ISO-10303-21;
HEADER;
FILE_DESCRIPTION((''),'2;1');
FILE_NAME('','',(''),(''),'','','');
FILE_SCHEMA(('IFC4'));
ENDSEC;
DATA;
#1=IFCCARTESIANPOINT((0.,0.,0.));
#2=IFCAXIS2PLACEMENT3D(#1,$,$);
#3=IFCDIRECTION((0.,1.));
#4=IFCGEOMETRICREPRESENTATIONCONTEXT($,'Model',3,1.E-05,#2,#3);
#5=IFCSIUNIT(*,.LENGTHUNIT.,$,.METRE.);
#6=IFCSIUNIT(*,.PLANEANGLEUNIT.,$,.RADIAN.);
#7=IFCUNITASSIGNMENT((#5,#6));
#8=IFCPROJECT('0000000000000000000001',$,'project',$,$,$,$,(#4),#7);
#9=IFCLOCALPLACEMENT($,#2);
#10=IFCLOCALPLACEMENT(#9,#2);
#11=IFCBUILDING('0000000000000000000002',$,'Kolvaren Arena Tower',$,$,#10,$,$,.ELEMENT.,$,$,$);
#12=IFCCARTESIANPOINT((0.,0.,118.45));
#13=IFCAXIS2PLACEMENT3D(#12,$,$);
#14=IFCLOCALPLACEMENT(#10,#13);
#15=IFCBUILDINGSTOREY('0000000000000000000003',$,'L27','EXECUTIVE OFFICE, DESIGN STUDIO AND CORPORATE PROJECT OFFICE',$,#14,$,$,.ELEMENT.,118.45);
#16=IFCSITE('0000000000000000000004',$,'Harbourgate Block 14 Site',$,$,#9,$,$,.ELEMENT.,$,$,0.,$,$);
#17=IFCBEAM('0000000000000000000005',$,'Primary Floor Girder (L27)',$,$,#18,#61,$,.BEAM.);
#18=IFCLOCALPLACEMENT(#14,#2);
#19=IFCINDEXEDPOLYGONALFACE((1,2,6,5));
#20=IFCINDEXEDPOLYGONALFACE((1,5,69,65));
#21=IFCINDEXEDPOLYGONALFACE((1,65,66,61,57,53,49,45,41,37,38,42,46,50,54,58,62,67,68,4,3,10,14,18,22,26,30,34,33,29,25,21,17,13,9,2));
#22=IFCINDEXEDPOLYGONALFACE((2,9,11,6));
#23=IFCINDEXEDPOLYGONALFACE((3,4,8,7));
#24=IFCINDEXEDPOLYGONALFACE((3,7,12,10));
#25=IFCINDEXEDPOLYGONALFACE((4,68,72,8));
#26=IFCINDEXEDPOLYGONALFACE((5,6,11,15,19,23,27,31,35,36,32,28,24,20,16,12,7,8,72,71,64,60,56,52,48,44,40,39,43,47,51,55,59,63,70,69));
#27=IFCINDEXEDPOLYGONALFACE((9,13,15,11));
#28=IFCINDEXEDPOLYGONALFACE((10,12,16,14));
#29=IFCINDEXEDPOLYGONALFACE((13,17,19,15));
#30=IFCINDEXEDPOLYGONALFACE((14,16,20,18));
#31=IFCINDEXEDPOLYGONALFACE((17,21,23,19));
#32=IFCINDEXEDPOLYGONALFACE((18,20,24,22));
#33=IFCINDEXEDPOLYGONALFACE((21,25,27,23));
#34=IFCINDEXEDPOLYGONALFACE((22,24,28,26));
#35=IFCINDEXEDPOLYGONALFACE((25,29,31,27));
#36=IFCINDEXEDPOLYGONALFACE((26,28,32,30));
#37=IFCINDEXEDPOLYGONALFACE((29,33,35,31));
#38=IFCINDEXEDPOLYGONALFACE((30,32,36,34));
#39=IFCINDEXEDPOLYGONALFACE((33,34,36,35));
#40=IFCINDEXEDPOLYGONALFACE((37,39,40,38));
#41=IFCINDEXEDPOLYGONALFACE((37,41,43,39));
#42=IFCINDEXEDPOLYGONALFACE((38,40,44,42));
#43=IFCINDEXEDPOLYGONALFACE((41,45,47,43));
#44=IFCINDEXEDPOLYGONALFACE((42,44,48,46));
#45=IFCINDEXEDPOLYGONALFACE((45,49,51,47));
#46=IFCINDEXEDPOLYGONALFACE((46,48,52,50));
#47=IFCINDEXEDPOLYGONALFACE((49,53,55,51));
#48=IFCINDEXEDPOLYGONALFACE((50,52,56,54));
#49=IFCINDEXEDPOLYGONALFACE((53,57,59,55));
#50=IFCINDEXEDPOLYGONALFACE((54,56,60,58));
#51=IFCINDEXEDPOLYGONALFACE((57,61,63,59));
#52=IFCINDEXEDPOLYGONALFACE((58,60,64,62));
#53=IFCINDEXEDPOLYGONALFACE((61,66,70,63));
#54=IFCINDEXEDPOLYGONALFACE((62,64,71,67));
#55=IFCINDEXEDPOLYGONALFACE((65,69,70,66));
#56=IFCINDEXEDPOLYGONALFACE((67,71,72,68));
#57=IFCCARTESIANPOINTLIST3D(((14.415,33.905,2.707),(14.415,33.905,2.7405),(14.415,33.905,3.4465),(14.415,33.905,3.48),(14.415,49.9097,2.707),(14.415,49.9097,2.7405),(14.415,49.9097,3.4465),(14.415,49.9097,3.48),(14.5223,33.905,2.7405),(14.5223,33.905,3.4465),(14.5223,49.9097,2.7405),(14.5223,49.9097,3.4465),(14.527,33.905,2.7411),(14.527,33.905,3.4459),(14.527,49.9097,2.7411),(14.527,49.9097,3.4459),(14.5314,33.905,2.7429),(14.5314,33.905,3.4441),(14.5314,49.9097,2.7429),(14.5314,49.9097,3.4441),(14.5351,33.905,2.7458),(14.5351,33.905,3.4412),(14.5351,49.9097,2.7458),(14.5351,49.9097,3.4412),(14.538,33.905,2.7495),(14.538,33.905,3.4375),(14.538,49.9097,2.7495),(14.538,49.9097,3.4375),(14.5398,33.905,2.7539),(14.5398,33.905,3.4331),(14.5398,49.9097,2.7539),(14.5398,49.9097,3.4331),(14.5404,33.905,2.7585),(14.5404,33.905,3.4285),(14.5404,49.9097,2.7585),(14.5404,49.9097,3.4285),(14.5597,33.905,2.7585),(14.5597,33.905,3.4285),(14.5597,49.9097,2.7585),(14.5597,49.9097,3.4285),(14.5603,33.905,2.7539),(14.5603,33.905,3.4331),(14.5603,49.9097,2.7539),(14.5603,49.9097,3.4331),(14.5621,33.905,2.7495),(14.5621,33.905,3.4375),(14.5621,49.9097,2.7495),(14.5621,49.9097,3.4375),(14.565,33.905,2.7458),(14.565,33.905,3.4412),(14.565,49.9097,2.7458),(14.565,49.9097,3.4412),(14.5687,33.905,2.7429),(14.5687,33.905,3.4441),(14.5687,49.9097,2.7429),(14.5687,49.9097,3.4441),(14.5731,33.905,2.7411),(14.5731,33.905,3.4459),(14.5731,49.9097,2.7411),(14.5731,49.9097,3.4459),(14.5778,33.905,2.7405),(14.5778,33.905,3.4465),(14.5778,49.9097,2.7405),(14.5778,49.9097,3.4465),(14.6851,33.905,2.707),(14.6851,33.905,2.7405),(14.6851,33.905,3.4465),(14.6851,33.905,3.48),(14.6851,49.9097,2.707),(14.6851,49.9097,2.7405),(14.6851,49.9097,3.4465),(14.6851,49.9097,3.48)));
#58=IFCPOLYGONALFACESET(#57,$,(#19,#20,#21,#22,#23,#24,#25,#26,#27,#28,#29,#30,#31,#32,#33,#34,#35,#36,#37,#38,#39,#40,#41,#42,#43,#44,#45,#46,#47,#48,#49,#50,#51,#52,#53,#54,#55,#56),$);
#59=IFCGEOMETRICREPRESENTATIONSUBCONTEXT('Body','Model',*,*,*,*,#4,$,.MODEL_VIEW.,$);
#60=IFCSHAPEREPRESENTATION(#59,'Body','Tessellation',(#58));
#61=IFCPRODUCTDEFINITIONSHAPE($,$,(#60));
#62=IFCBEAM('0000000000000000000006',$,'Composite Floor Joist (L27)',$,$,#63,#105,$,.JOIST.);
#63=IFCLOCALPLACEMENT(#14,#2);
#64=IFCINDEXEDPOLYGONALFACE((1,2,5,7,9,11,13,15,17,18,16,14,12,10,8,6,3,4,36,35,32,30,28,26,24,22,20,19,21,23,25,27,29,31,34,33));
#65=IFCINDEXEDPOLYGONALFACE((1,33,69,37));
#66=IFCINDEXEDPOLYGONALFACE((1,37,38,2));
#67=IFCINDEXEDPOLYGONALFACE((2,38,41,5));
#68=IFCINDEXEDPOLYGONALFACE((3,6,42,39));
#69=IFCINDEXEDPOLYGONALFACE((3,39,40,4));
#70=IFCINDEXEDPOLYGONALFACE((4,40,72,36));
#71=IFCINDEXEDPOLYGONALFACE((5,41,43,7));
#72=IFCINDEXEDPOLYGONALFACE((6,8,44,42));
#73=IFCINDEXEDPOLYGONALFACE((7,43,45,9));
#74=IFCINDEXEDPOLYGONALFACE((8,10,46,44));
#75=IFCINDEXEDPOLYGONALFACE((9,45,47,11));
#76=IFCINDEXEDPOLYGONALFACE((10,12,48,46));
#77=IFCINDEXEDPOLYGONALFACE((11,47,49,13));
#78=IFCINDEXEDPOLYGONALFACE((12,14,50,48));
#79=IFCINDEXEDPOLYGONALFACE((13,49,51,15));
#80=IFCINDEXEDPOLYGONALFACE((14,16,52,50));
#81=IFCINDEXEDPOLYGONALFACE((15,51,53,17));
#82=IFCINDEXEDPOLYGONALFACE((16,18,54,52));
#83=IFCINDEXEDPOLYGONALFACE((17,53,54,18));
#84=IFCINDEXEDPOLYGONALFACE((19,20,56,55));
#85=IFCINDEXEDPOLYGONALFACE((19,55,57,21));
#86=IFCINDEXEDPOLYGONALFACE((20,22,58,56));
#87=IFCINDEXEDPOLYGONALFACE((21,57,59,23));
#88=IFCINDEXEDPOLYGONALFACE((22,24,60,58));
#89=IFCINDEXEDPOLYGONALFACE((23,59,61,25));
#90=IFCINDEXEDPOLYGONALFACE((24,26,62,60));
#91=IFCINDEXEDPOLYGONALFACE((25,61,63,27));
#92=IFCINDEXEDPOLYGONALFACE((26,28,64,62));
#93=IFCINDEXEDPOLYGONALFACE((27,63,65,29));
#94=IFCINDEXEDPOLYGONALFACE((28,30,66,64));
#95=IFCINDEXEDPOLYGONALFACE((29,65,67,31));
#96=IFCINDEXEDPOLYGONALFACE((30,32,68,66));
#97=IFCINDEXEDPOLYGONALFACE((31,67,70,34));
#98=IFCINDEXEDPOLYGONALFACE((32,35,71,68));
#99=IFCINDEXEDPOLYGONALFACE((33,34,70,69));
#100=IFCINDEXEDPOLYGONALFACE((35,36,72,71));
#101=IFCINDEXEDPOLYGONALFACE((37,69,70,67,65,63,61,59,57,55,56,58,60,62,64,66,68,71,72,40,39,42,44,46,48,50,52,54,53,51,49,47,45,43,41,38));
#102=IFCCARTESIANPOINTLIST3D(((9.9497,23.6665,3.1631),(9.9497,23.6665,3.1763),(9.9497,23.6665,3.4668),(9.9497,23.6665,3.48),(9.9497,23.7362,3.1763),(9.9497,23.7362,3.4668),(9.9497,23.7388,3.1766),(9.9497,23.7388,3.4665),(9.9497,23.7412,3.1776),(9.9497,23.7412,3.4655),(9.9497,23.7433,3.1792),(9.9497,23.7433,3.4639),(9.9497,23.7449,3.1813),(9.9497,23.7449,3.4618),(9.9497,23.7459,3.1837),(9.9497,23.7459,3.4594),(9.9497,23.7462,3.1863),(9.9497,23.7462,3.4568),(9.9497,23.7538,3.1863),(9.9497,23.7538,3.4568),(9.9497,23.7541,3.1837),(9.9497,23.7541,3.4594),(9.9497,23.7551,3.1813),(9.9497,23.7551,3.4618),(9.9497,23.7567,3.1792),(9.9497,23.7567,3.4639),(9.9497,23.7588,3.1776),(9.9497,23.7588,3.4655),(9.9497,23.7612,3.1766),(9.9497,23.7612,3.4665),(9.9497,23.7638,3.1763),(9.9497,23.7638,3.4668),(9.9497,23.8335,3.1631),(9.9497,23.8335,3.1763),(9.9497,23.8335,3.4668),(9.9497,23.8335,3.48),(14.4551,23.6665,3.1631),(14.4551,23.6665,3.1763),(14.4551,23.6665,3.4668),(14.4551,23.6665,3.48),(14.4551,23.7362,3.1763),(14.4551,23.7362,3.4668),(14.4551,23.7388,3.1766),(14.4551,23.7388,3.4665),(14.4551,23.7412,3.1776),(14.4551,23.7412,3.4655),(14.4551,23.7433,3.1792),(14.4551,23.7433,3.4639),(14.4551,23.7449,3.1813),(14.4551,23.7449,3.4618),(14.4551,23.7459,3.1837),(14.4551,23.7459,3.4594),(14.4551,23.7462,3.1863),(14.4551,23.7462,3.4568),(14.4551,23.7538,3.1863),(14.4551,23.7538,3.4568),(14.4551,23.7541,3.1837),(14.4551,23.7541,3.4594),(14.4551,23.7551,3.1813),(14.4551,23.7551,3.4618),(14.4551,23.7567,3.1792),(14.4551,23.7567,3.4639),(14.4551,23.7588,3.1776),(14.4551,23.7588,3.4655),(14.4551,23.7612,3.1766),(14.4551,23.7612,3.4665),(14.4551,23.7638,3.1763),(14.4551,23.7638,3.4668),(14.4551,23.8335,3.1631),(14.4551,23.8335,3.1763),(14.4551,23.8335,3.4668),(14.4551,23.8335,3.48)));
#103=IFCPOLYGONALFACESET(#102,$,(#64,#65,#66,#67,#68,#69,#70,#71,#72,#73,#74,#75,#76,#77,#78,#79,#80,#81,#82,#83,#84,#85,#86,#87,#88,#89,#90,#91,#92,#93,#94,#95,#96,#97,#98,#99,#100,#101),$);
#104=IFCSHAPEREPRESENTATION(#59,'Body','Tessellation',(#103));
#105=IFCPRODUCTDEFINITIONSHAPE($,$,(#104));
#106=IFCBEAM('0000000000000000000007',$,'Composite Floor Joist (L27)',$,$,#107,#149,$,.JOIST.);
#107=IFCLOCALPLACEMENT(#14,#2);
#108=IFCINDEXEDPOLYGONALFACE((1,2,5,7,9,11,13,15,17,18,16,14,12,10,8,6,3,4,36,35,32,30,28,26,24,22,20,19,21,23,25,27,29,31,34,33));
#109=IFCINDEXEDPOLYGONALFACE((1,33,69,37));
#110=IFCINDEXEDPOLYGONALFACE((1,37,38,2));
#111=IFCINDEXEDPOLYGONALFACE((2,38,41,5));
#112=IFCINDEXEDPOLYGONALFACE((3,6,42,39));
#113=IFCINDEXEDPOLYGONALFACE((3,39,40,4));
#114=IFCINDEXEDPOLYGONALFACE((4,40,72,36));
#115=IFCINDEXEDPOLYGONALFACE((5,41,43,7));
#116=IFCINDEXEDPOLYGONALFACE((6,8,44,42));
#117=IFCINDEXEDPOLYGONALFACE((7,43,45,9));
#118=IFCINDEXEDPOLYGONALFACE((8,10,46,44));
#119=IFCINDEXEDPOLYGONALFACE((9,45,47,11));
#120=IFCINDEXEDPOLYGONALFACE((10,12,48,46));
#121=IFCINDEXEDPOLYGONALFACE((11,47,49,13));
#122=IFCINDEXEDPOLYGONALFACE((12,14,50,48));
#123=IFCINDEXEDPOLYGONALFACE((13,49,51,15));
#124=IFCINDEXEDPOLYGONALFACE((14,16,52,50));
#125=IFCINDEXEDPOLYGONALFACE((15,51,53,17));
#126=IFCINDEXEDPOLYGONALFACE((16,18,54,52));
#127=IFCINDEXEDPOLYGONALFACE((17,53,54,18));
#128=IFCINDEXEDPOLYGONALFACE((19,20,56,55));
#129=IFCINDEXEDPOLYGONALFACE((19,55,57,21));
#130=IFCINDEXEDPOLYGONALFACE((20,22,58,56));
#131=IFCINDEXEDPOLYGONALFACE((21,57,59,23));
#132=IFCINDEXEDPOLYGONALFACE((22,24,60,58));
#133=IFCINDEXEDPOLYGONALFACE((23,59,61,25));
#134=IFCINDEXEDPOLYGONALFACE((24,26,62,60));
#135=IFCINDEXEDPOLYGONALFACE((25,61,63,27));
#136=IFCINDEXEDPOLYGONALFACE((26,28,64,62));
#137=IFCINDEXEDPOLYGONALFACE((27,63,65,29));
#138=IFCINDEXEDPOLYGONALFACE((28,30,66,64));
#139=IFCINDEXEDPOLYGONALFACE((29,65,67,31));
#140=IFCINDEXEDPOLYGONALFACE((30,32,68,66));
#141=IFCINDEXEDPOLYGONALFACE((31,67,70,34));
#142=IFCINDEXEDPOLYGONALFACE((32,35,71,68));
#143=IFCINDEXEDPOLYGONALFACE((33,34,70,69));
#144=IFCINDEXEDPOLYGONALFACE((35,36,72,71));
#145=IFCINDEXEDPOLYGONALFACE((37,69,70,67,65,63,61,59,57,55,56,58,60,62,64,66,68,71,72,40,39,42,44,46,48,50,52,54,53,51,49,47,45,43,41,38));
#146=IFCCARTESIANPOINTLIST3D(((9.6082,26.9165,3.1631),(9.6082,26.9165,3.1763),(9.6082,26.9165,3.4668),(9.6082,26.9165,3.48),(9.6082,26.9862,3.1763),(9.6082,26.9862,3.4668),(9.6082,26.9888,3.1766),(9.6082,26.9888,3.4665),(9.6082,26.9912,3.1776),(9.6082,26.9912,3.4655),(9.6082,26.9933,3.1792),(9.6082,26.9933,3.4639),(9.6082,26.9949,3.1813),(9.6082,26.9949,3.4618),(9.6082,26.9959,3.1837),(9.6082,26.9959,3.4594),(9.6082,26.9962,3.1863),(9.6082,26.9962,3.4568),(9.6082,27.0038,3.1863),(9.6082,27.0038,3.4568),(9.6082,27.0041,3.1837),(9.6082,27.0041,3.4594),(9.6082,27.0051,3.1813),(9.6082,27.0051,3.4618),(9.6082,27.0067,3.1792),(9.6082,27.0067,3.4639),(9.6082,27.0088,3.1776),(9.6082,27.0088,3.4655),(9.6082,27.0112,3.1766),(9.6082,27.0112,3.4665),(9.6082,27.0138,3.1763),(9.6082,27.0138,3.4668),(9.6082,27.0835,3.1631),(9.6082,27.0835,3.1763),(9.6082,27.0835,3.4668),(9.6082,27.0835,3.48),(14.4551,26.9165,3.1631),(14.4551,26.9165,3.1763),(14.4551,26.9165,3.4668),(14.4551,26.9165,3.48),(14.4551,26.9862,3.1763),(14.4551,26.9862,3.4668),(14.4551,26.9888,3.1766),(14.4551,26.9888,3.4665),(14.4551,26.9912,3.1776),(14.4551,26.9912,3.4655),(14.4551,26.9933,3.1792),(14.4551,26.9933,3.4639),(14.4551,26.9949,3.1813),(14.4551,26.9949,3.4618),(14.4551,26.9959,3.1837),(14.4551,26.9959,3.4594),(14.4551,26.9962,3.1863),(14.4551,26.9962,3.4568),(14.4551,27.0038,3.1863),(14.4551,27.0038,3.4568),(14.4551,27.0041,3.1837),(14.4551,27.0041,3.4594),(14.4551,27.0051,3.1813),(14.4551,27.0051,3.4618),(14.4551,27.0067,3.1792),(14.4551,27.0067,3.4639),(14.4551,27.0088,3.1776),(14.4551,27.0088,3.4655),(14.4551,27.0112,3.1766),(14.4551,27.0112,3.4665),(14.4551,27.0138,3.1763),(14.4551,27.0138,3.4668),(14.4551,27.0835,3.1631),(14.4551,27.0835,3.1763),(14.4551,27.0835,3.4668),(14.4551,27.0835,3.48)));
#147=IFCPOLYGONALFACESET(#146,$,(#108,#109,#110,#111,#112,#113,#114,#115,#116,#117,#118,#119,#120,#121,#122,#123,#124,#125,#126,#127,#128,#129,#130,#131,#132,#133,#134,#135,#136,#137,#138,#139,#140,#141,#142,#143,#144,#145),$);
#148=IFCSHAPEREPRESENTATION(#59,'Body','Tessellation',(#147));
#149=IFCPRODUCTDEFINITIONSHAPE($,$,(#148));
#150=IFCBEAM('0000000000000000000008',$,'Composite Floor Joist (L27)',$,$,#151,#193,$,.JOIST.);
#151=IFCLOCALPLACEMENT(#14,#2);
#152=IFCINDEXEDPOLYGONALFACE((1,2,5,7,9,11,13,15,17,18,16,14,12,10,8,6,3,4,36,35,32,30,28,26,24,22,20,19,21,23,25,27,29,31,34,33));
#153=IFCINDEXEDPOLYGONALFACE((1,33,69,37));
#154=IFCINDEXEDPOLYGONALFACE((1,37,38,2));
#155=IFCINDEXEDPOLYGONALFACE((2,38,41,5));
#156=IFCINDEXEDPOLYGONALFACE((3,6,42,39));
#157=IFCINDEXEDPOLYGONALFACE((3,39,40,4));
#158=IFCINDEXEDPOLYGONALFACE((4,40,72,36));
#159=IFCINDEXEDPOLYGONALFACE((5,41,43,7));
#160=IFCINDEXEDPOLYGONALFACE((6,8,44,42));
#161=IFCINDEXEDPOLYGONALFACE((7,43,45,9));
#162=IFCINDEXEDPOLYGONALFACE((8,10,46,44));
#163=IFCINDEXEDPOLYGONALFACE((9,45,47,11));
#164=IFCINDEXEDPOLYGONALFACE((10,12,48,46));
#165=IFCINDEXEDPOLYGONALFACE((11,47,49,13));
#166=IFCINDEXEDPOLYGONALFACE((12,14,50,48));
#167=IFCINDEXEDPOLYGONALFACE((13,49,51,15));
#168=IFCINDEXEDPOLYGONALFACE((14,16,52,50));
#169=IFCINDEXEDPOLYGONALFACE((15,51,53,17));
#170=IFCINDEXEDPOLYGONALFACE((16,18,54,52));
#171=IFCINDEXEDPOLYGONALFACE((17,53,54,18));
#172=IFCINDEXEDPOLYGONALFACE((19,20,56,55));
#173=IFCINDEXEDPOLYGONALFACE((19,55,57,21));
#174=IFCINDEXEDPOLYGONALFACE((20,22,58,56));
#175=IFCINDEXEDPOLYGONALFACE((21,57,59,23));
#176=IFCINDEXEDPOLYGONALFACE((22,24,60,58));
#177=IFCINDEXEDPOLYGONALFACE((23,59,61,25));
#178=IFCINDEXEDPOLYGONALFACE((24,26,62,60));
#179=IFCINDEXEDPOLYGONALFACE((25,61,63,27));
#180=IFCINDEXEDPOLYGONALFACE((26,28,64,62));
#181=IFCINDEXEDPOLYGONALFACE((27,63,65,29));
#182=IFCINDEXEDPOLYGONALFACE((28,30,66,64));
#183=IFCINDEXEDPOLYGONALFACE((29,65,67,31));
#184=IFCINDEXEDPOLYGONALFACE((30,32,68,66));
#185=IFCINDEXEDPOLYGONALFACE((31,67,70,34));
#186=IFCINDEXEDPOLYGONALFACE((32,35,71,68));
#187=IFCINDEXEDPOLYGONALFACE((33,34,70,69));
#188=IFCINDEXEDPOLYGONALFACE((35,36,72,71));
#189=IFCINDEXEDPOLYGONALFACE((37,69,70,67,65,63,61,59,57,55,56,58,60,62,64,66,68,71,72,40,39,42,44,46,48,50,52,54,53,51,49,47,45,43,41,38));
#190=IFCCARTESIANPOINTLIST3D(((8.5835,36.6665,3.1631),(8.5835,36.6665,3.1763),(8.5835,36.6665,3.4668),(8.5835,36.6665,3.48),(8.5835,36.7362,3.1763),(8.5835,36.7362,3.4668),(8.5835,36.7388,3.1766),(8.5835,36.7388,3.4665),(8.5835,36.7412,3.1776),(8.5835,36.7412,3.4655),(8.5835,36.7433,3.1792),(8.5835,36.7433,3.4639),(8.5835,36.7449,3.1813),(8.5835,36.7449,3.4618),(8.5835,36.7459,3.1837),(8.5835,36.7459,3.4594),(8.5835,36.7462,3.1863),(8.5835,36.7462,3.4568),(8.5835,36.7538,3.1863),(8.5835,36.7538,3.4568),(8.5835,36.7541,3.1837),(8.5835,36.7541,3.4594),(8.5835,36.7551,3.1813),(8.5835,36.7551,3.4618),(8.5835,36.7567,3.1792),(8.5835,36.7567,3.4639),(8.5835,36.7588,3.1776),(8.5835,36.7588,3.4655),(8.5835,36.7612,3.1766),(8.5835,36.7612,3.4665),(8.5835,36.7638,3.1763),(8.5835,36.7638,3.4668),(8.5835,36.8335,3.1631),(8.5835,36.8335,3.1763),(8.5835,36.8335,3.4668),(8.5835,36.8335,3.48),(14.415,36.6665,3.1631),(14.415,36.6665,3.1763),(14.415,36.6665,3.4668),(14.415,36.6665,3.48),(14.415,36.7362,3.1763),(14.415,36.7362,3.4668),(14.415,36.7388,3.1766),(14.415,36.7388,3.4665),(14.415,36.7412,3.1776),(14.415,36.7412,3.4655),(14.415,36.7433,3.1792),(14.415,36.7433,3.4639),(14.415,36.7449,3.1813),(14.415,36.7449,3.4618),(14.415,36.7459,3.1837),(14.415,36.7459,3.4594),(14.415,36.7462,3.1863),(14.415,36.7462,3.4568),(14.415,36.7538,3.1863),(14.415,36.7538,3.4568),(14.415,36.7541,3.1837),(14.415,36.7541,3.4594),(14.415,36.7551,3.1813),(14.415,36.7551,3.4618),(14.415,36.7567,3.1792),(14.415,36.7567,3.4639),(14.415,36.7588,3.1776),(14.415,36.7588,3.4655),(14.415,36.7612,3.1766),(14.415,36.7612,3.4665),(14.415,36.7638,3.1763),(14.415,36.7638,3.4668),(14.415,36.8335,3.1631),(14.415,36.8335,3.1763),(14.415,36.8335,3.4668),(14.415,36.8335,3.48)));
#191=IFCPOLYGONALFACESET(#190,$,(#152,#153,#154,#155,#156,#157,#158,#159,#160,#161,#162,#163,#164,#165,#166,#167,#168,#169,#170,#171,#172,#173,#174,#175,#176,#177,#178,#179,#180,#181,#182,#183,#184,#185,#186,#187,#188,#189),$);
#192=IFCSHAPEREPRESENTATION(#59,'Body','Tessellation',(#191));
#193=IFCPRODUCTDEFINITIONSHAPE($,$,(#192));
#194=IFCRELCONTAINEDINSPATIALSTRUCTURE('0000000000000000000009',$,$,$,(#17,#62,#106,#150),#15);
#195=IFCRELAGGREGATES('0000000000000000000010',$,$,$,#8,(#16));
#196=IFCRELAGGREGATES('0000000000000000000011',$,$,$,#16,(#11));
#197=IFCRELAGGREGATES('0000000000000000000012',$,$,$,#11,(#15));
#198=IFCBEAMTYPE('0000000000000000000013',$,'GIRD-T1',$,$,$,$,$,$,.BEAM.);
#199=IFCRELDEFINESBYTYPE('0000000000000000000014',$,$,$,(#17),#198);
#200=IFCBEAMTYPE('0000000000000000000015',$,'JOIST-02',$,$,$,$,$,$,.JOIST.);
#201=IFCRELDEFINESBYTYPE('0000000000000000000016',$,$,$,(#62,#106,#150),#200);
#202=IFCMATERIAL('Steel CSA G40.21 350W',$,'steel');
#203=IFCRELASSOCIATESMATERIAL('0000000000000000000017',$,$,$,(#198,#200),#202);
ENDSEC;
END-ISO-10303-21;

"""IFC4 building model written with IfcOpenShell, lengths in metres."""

from ifc_helpers import new_model, si_unit, direction, frame, origin, origin_2d, place, context, subcontext, project, spatial, i_section, extrude, material, material_profile, profile_set, type_object, element, save


model = new_model("IFC4")

# Units and contexts
model_context = context("Model", 3, precision=1e-05, world=origin(), true_north=direction((0.0, 1.0)))
body_context = subcontext(model_context, "Body", "Model", "MODEL_VIEW")
ifc_project = project(units=[si_unit("LENGTHUNIT", "METRE"), si_unit("PLANEANGLEUNIT", "RADIAN")], contexts=[model_context])

# Site, building, storey
site_placement = place(None, origin())
site = spatial("IfcSite", under=ifc_project, at=site_placement, Name="Harbourgate Block 14 Site", CompositionType="ELEMENT", RefElevation=0.0)
building_placement = place(site_placement, origin())
building = spatial("IfcBuilding", under=site, at=building_placement, Name="Kolvaren Arena Tower", CompositionType="ELEMENT")
storey_placement = place(building_placement, frame((0.0, 0.0, 118.45)))
storey = spatial("IfcBuildingStorey", under=building, at=storey_placement, Name="L27", Description="EXECUTIVE OFFICE, DESIGN STUDIO AND CORPORATE PROJECT OFFICE", CompositionType="ELEMENT", Elevation=118.45)

# Beams
ifc_material_1 = material(Name="Steel CSA G40.21 350W", Category="steel")
ifc_material_profile_1 = material_profile(ifc_material_1, i_section(OverallWidth=0.27, OverallDepth=0.7729, WebThickness=0.0193, FlangeThickness=0.0334, FilletRadius=0.0181, at=origin_2d()), Name="W760x257")
ifc_profile_set_1 = profile_set([ifc_material_profile_1], Name="Steel CSA G40.21 350W")
beam_type_1 = type_object("IfcBeamType", Name="GIRD-T1", PredefinedType="BEAM", material=ifc_profile_set_1)
beam_1_placement = place(storey_placement, frame((14.55, 33.905, 3.0935), z_axis=(0.0, 1.0, 0.0), x_axis=(-1.0, 0.0, 0.0)))
element("IfcBeam", 1, at=beam_1_placement, inside=storey, type_object=beam_type_1, Name="Primary Floor Girder (L27)", PredefinedType="BEAM", context=body_context, shape_type="SweptSolid", body=[
    extrude(i_section(OverallWidth=0.27, OverallDepth=0.7729, WebThickness=0.0193, FlangeThickness=0.0334, FilletRadius=0.0181, at=origin_2d()), origin(), (0.0, 0.0, 1.0), 16.0046),
])
ifc_material_profile_2 = material_profile(ifc_material_1, i_section(OverallWidth=0.167, OverallDepth=0.3169, WebThickness=0.0076, FlangeThickness=0.0132, FilletRadius=0.01, at=origin_2d()), Name="W310x52")
ifc_profile_set_2 = profile_set([ifc_material_profile_2], Name="Steel CSA G40.21 350W")
beam_type_2 = type_object("IfcBeamType", Name="JOIST-02", PredefinedType="JOIST", material=ifc_profile_set_2)
beam_2_placement = place(storey_placement, frame((9.9497, 23.75, 3.3215), z_axis=(1.0, 0.0, 0.0), x_axis=(0.0, 1.0, 0.0)))
element("IfcBeam", 2, at=beam_2_placement, inside=storey, type_object=beam_type_2, Name="Composite Floor Joist (L27)", PredefinedType="JOIST", context=body_context, shape_type="SweptSolid", body=[
    extrude(i_section(OverallWidth=0.167, OverallDepth=0.3169, WebThickness=0.0076, FlangeThickness=0.0132, FilletRadius=0.01, at=origin_2d()), origin(), (0.0, 0.0, 1.0), 4.5054),
])
beam_3_placement = place(storey_placement, frame((9.6082, 27.0, 3.3215), z_axis=(1.0, 0.0, 0.0), x_axis=(0.0, 1.0, 0.0)))
element("IfcBeam", 3, at=beam_3_placement, inside=storey, type_object=beam_type_2, Name="Composite Floor Joist (L27)", PredefinedType="JOIST", context=body_context, shape_type="SweptSolid", body=[
    extrude(i_section(OverallWidth=0.167, OverallDepth=0.3169, WebThickness=0.0076, FlangeThickness=0.0132, FilletRadius=0.01, at=origin_2d()), origin(), (0.0, 0.0, 1.0), 4.8469),
])
beam_4_placement = place(storey_placement, frame((8.5835, 36.75, 3.3215), z_axis=(1.0, 0.0, 0.0), x_axis=(0.0, 1.0, 0.0)))
element("IfcBeam", 4, at=beam_4_placement, inside=storey, type_object=beam_type_2, Name="Composite Floor Joist (L27)", PredefinedType="JOIST", context=body_context, shape_type="SweptSolid", body=[
    extrude(i_section(OverallWidth=0.167, OverallDepth=0.3169, WebThickness=0.0076, FlangeThickness=0.0132, FilletRadius=0.01, at=origin_2d()), origin(), (0.0, 0.0, 1.0), 5.8315),
])

save(model, "model.ifc")
